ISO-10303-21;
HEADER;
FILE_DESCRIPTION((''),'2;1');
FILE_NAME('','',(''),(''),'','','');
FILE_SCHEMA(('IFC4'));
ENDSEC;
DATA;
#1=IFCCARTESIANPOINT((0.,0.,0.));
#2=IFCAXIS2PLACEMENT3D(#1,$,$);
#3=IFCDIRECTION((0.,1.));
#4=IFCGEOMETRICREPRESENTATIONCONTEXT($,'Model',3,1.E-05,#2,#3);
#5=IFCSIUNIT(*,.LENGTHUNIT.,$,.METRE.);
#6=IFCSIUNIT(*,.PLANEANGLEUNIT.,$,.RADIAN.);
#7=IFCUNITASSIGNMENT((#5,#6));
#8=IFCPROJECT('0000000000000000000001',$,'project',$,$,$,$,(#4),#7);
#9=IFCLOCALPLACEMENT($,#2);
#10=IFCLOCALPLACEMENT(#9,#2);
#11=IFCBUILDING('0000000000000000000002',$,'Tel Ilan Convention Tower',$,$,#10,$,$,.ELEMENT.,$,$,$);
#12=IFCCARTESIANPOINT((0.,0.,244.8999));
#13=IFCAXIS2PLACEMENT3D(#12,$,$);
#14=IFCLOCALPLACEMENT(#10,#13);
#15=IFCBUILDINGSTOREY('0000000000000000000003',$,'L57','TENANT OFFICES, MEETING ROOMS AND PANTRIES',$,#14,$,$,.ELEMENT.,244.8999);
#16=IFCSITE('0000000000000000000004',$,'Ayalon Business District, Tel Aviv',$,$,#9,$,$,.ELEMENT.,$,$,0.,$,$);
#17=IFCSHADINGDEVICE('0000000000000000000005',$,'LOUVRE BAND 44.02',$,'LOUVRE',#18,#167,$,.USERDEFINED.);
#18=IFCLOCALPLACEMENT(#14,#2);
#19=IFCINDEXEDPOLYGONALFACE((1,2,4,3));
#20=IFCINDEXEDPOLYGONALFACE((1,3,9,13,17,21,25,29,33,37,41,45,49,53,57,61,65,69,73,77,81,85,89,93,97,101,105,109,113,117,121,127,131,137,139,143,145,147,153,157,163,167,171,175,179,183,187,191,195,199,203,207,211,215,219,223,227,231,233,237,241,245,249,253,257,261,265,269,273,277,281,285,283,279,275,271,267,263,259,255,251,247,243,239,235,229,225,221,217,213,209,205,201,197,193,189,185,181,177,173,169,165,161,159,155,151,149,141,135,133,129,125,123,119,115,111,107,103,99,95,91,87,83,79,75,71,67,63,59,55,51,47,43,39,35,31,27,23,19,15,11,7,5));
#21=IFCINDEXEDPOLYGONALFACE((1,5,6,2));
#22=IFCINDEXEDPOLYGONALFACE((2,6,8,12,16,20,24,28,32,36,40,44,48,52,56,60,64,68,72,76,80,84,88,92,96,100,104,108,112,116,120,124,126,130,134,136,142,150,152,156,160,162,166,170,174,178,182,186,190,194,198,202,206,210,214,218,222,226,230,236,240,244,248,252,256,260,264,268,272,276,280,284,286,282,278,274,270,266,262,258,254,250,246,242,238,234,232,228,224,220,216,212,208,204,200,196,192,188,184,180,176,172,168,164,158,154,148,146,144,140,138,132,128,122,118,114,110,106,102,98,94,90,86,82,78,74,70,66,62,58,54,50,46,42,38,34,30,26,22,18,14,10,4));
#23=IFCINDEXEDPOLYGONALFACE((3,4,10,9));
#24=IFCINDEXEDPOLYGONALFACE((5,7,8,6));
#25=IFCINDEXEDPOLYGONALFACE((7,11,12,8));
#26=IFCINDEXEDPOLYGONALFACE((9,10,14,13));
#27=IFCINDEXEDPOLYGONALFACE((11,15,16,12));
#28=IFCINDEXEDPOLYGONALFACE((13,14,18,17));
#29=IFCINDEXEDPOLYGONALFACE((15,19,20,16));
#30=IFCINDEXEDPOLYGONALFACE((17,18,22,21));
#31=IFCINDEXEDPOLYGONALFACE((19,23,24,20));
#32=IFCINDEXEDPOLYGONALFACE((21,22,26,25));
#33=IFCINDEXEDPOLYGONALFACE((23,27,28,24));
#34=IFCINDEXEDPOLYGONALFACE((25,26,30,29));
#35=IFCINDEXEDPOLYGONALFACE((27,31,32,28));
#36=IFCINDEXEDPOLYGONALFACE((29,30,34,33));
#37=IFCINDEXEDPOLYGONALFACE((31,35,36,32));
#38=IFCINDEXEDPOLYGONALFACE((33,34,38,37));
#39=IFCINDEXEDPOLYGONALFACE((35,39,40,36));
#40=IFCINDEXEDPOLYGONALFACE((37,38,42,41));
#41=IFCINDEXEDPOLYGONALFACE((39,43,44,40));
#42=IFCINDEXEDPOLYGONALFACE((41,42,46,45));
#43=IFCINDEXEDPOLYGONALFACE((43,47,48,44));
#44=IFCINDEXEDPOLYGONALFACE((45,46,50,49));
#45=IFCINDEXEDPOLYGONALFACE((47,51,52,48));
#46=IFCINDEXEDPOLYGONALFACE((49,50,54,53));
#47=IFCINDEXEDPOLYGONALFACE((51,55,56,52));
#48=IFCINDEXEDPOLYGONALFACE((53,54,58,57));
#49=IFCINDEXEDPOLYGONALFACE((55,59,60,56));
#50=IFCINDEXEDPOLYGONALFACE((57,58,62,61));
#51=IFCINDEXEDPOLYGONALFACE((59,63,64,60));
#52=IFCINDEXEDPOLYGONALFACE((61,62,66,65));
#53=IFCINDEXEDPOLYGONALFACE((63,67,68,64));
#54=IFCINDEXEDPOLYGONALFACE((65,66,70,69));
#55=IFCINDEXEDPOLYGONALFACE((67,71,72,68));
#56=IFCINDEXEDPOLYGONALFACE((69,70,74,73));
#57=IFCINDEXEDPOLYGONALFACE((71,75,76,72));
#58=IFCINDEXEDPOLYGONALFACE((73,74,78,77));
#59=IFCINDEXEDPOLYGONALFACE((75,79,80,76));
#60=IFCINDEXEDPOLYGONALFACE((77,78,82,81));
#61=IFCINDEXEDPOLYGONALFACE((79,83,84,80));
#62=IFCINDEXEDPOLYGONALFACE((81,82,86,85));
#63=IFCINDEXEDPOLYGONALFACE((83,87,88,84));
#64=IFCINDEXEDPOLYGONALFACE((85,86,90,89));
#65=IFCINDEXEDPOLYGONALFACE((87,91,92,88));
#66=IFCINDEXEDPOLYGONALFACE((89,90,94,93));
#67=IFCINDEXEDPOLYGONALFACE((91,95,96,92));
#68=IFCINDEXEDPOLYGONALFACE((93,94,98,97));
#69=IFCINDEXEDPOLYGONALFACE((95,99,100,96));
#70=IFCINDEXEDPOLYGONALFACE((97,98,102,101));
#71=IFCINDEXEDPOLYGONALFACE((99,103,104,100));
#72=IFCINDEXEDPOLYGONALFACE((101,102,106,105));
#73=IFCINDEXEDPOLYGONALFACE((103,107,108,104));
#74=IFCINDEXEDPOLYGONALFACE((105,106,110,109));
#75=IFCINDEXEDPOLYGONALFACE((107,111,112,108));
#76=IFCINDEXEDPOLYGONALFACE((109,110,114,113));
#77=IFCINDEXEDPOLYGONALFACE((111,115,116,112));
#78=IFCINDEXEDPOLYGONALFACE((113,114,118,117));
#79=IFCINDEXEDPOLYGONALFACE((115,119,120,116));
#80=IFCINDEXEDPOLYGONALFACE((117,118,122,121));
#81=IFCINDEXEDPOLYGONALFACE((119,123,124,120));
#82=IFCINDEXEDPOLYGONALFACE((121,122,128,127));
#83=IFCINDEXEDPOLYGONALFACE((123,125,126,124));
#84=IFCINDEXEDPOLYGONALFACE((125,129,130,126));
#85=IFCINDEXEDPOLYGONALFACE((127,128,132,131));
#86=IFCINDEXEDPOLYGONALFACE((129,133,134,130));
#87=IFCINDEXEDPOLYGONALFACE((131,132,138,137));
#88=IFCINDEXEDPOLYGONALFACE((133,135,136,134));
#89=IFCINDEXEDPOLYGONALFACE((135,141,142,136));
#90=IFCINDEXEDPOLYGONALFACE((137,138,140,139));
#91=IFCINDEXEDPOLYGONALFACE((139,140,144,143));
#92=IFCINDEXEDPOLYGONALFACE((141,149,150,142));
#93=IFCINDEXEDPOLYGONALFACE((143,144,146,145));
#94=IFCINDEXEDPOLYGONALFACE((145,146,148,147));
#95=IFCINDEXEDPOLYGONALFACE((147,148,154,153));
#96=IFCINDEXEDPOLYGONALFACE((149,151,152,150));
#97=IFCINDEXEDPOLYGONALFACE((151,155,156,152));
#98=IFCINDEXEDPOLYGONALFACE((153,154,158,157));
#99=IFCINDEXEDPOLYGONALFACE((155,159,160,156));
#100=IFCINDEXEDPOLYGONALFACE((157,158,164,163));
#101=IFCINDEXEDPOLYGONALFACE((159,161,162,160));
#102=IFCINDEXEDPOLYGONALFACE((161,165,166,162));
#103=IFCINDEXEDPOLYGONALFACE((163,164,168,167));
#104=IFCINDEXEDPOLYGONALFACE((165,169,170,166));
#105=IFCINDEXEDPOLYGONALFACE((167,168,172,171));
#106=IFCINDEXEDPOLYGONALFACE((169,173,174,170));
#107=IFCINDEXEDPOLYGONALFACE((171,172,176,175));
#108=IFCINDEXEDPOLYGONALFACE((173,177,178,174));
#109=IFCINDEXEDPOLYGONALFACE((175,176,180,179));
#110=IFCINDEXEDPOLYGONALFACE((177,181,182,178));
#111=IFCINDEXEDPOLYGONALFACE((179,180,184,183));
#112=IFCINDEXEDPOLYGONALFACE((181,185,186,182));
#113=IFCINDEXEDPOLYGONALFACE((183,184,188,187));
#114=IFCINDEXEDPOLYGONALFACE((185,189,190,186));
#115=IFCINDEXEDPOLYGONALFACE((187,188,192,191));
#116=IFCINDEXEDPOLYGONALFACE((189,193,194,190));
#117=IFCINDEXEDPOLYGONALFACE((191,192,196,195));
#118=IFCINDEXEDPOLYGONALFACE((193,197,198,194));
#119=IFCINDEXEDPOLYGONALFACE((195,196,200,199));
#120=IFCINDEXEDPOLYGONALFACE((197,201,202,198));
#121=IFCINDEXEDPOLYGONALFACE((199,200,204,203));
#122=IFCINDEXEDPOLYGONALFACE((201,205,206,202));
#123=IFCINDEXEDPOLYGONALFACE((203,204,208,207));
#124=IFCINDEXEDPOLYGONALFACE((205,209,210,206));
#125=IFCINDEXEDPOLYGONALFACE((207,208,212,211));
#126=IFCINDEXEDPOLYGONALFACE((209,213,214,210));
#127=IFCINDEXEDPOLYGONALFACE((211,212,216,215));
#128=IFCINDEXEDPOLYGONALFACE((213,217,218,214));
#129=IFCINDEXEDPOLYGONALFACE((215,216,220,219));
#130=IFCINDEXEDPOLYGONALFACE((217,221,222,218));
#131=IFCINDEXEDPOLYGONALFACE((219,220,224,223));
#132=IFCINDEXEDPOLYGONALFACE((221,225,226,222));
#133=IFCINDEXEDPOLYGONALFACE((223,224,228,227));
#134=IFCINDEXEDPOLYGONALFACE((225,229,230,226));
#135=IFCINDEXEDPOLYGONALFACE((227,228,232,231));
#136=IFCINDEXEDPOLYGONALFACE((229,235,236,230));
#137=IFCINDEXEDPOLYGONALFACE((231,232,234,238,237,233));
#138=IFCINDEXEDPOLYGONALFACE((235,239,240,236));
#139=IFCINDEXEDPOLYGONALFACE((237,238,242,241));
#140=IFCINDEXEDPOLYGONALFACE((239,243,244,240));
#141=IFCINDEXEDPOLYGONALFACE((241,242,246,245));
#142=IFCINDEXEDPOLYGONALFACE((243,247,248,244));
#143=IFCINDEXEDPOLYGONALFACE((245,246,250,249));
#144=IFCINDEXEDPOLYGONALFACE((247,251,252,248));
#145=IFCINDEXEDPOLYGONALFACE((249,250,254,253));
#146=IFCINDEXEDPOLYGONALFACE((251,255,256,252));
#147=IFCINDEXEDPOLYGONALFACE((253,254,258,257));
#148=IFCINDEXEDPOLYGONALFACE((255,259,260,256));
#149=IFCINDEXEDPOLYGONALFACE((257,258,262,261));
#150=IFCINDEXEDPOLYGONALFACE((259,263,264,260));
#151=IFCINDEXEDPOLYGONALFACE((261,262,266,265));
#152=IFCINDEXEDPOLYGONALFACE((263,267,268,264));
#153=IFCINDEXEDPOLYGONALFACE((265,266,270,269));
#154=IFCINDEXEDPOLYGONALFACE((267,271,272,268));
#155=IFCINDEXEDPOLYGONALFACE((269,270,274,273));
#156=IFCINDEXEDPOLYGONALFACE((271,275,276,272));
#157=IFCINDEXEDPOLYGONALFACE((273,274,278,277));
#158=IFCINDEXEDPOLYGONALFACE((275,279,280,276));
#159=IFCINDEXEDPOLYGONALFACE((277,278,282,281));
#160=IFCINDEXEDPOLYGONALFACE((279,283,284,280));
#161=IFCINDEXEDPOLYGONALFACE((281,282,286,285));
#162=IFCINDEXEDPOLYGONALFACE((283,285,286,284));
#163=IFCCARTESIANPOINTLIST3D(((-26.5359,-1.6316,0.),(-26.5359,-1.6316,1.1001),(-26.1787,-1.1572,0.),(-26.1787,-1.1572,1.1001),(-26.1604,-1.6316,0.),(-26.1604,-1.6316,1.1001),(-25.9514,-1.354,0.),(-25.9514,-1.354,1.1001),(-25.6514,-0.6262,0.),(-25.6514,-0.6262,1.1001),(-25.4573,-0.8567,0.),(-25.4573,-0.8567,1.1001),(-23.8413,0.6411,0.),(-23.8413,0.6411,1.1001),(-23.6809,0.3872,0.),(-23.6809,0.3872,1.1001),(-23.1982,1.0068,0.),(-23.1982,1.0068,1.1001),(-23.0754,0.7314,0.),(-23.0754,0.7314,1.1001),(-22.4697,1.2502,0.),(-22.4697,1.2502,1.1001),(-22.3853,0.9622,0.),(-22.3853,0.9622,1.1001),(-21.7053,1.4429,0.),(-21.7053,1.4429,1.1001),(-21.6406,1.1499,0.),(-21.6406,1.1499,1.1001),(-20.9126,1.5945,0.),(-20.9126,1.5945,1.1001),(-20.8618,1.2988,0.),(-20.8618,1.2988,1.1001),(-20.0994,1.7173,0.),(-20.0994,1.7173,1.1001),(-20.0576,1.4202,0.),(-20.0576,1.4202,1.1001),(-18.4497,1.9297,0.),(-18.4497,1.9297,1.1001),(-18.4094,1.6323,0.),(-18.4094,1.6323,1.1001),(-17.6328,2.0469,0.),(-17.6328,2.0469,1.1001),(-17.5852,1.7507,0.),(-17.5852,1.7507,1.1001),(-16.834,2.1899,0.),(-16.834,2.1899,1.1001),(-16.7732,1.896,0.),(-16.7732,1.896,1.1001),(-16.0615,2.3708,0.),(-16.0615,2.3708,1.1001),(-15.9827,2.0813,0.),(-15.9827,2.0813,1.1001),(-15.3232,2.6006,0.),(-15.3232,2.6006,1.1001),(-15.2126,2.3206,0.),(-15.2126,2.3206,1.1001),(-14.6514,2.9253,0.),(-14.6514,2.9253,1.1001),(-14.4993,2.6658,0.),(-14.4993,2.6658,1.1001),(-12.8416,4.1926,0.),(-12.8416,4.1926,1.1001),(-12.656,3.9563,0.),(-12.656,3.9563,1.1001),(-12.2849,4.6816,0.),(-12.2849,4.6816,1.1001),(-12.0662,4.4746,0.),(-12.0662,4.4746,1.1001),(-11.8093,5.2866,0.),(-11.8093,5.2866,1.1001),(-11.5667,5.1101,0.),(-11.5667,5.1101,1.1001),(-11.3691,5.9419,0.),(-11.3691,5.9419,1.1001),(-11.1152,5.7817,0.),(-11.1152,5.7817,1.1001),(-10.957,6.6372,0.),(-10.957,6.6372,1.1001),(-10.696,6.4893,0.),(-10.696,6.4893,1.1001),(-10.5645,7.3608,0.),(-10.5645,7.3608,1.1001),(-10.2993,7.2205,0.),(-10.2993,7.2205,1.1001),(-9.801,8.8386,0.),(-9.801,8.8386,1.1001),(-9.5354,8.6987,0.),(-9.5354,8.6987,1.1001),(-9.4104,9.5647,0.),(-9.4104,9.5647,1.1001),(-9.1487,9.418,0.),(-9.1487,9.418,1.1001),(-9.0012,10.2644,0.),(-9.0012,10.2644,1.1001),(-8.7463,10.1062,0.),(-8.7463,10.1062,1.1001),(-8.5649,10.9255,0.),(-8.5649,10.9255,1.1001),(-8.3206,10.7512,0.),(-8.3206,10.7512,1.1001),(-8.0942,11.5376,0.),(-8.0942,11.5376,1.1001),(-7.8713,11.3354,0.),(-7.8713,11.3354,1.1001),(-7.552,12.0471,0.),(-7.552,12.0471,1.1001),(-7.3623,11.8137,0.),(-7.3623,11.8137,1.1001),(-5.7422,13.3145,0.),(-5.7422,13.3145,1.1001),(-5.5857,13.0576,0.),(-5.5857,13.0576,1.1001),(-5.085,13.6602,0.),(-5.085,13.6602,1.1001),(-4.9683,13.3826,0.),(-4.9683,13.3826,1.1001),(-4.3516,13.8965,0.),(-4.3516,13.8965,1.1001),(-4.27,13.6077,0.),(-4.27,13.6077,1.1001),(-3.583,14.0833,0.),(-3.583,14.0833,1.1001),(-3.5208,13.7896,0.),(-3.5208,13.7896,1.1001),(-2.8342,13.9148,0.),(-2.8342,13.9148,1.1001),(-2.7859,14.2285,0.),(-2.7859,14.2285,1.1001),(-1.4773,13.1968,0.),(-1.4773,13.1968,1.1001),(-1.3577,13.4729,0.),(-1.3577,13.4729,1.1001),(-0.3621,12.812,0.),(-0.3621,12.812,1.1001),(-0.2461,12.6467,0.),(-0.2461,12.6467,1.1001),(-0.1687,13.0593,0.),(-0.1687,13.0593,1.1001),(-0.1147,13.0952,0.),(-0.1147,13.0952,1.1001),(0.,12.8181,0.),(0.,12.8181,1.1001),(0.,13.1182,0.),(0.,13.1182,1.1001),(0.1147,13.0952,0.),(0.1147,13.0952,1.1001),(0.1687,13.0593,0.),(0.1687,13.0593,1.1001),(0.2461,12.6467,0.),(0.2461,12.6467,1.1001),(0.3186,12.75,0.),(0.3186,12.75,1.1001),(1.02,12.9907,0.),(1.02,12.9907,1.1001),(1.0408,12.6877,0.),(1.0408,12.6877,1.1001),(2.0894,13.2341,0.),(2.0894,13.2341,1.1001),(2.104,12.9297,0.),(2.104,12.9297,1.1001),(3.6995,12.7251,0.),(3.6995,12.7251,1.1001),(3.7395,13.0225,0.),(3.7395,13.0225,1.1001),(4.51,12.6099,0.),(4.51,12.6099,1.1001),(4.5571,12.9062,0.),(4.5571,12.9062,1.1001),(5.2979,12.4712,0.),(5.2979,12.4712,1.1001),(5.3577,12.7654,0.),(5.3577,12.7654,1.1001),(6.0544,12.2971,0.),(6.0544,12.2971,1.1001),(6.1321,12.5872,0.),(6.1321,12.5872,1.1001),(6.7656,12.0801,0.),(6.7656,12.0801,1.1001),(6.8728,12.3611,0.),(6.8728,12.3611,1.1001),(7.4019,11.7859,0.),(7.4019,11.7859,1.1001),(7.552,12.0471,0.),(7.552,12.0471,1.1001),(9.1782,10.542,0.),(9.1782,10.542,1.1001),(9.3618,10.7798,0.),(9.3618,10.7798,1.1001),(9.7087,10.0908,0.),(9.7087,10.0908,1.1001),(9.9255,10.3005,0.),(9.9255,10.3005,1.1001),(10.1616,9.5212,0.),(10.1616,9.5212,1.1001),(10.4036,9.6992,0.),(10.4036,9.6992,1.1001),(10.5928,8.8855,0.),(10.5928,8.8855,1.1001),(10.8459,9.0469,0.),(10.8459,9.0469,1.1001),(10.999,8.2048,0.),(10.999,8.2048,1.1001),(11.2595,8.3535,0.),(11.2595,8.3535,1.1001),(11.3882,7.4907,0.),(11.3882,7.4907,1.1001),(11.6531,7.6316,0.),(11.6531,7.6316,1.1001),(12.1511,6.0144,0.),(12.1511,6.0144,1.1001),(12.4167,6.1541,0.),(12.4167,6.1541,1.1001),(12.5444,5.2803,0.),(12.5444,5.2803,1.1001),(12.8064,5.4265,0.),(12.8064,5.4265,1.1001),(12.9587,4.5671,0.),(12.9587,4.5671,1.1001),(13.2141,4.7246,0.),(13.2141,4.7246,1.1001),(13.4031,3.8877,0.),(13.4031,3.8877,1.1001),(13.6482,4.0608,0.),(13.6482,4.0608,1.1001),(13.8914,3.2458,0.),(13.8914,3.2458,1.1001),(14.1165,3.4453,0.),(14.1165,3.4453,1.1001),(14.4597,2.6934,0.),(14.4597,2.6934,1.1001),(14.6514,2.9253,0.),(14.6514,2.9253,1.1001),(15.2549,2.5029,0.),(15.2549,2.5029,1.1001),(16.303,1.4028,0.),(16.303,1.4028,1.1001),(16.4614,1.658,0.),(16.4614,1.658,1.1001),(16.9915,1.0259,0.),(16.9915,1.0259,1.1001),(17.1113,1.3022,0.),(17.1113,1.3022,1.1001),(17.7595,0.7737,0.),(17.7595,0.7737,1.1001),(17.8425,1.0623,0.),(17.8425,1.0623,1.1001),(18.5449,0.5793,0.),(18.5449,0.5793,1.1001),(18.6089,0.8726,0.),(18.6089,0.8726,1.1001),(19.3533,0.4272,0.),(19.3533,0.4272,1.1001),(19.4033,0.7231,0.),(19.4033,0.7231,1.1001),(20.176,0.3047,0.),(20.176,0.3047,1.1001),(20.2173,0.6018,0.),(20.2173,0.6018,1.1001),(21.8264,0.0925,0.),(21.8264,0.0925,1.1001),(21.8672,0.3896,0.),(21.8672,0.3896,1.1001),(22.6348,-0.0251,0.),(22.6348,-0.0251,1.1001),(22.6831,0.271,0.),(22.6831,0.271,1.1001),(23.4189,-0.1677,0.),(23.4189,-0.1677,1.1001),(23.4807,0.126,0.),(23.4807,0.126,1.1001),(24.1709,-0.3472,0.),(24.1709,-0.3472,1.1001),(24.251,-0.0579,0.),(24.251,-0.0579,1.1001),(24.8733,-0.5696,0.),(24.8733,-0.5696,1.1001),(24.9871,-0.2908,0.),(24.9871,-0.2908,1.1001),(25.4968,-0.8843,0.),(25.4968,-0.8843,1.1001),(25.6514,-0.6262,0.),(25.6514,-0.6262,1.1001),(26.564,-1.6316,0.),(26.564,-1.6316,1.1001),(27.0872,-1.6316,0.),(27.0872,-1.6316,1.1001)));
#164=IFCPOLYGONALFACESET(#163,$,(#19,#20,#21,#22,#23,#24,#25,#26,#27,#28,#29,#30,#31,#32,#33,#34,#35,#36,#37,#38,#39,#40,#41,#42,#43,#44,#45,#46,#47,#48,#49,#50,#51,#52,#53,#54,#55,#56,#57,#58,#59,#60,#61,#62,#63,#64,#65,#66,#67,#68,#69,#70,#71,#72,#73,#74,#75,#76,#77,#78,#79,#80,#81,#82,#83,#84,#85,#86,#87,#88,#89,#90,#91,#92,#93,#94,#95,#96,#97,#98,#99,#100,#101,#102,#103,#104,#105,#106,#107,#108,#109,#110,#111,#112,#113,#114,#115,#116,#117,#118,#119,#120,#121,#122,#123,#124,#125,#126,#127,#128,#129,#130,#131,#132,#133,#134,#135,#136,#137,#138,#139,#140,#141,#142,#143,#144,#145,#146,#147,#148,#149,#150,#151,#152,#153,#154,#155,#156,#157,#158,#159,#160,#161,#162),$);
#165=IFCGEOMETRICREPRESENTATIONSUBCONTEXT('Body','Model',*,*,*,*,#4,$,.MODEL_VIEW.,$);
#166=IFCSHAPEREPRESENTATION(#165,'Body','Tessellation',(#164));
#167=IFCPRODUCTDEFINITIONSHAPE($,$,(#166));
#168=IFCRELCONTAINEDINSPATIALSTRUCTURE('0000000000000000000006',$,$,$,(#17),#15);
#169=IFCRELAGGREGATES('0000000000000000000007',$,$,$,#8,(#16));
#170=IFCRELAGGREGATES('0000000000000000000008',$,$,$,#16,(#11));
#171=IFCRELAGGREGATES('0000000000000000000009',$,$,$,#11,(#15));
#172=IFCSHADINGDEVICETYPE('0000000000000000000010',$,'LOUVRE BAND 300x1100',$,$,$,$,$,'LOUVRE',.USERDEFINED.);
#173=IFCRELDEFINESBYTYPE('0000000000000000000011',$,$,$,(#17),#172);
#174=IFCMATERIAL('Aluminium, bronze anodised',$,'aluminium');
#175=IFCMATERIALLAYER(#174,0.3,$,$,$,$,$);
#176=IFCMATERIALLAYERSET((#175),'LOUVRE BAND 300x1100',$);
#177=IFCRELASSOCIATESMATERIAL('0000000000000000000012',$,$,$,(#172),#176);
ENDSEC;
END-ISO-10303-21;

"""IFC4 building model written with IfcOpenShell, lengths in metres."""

from ifc_helpers import new_model, si_unit, direction, frame, origin, place, context, subcontext, project, spatial, polyline, outline, extrude, material, layer, layer_set, type_object, element, save


model = new_model("IFC4")

# Units and contexts
model_context = context("Model", 3, precision=1e-05, world=origin(), true_north=direction((0.0, 1.0)))
body_context = subcontext(model_context, "Body", "Model", "MODEL_VIEW")
ifc_project = project(units=[si_unit("LENGTHUNIT", "METRE"), si_unit("PLANEANGLEUNIT", "RADIAN")], contexts=[model_context])

# Site, building, storey
site_placement = place(None, origin())
site = spatial("IfcSite", under=ifc_project, at=site_placement, Name="Ayalon Business District, Tel Aviv", CompositionType="ELEMENT", RefElevation=0.0)
building_placement = place(site_placement, origin())
building = spatial("IfcBuilding", under=site, at=building_placement, Name="Tel Ilan Convention Tower", CompositionType="ELEMENT")
storey_placement = place(building_placement, frame((0.0, 0.0, 244.8999)))
storey = spatial("IfcBuildingStorey", under=building, at=storey_placement, Name="L57", Description="TENANT OFFICES, MEETING ROOMS AND PANTRIES", CompositionType="ELEMENT", Elevation=244.8999)

# Shading device
ifc_material_1 = material(Name="Aluminium, bronze anodised", Category="aluminium")
ifc_layer_1 = layer(ifc_material_1, 0.3)
ifc_layer_set_1 = layer_set([ifc_layer_1], Name="LOUVRE BAND 300x1100")
shading_device_type_1 = type_object("IfcShadingDeviceType", Name="LOUVRE BAND 300x1100", ElementType="LOUVRE", PredefinedType="USERDEFINED", material=ifc_layer_set_1)
shading_device_placement = place(storey_placement, origin())
element("IfcShadingDevice", 1, at=shading_device_placement, inside=storey, type_object=shading_device_type_1, Name="LOUVRE BAND 44.02", ObjectType="LOUVRE", PredefinedType="USERDEFINED", context=body_context, shape_type="SweptSolid", body=[
    extrude(outline(polyline([(-26.1787, -1.1572), (-26.5359, -1.6316), (-26.1604, -1.6316), (-25.9514, -1.354), (-25.4573, -0.8567), (-23.6809, 0.3872), (-23.0754, 0.7314), (-22.3853, 0.9622), (-21.6406, 1.1499), (-20.8618, 1.2988), (-20.0576, 1.4202), (-18.4094, 1.6323), (-17.5852, 1.7507), (-16.7732, 1.896), (-15.9827, 2.0813), (-15.2126, 2.3206), (-14.4993, 2.6658), (-12.656, 3.9563), (-12.0662, 4.4746), (-11.5667, 5.1101), (-11.1152, 5.7817), (-10.696, 6.4893), (-10.2993, 7.2205), (-9.5354, 8.6987), (-9.1487, 9.418), (-8.7463, 10.1062), (-8.3206, 10.7512), (-7.8713, 11.3354), (-7.3623, 11.8137), (-5.5857, 13.0576), (-4.9683, 13.3826), (-4.27, 13.6077), (-3.5208, 13.7896), (-2.8342, 13.9148), (-1.4773, 13.1968), (-0.3621, 12.812), (-0.2461, 12.6467), (0.0, 12.8181), (0.2461, 12.6467), (0.3186, 12.75), (1.0408, 12.6877), (2.104, 12.9297), (3.6995, 12.7251), (4.51, 12.6099), (5.2979, 12.4712), (6.0544, 12.2971), (6.7656, 12.0801), (7.4019, 11.7859), (9.1782, 10.542), (9.7087, 10.0908), (10.1616, 9.5212), (10.5928, 8.8855), (10.999, 8.2048), (11.3882, 7.4907), (12.1511, 6.0144), (12.5444, 5.2803), (12.9587, 4.5671), (13.4031, 3.8877), (13.8914, 3.2458), (14.4597, 2.6934), (16.303, 1.4028), (16.9915, 1.0259), (17.7595, 0.7737), (18.5449, 0.5793), (19.3533, 0.4272), (20.176, 0.3047), (21.8264, 0.0925), (22.6348, -0.0251), (23.4189, -0.1677), (24.1709, -0.3472), (24.8733, -0.5696), (25.4968, -0.8843), (26.564, -1.6316), (27.0872, -1.6316), (25.6514, -0.6262), (24.9871, -0.2908), (24.251, -0.0579), (23.4807, 0.126), (22.6831, 0.271), (21.8672, 0.3896), (20.2173, 0.6018), (19.4033, 0.7231), (18.6089, 0.8726), (17.8425, 1.0623), (17.1113, 1.3022), (16.4614, 1.658), (15.2549, 2.5029), (14.6514, 2.9253), (14.1165, 3.4453), (13.6482, 4.0608), (13.2141, 4.7246), (12.8064, 5.4265), (12.4167, 6.1541), (11.6531, 7.6316), (11.2595, 8.3535), (10.8459, 9.0469), (10.4036, 9.6992), (9.9255, 10.3005), (9.3618, 10.7798), (7.552, 12.0471), (6.8728, 12.3611), (6.1321, 12.5872), (5.3577, 12.7654), (4.5571, 12.9062), (3.7395, 13.0225), (2.0894, 13.2341), (1.02, 12.9907), (0.1687, 13.0593), (0.1147, 13.0952), (0.0, 13.1182), (-0.1147, 13.0952), (-0.1687, 13.0593), (-1.3577, 13.4729), (-2.7859, 14.2285), (-3.583, 14.0833), (-4.3516, 13.8965), (-5.085, 13.6602), (-5.7422, 13.3145), (-7.552, 12.0471), (-8.0942, 11.5376), (-8.5649, 10.9255), (-9.0012, 10.2644), (-9.4104, 9.5647), (-9.801, 8.8386), (-10.5645, 7.3608), (-10.957, 6.6372), (-11.3691, 5.9419), (-11.8093, 5.2866), (-12.2849, 4.6816), (-12.8416, 4.1926), (-14.6514, 2.9253), (-15.3232, 2.6006), (-16.0615, 2.3708), (-16.834, 2.1899), (-17.6328, 2.0469), (-18.4497, 1.9297), (-20.0994, 1.7173), (-20.9126, 1.5945), (-21.7053, 1.4429), (-22.4697, 1.2502), (-23.1982, 1.0068), (-23.8413, 0.6411), (-25.6514, -0.6262), (-26.1787, -1.1572)])), origin(), (0.0, 0.0, 1.0), 1.1001),
])

save(model, "model.ifc")
